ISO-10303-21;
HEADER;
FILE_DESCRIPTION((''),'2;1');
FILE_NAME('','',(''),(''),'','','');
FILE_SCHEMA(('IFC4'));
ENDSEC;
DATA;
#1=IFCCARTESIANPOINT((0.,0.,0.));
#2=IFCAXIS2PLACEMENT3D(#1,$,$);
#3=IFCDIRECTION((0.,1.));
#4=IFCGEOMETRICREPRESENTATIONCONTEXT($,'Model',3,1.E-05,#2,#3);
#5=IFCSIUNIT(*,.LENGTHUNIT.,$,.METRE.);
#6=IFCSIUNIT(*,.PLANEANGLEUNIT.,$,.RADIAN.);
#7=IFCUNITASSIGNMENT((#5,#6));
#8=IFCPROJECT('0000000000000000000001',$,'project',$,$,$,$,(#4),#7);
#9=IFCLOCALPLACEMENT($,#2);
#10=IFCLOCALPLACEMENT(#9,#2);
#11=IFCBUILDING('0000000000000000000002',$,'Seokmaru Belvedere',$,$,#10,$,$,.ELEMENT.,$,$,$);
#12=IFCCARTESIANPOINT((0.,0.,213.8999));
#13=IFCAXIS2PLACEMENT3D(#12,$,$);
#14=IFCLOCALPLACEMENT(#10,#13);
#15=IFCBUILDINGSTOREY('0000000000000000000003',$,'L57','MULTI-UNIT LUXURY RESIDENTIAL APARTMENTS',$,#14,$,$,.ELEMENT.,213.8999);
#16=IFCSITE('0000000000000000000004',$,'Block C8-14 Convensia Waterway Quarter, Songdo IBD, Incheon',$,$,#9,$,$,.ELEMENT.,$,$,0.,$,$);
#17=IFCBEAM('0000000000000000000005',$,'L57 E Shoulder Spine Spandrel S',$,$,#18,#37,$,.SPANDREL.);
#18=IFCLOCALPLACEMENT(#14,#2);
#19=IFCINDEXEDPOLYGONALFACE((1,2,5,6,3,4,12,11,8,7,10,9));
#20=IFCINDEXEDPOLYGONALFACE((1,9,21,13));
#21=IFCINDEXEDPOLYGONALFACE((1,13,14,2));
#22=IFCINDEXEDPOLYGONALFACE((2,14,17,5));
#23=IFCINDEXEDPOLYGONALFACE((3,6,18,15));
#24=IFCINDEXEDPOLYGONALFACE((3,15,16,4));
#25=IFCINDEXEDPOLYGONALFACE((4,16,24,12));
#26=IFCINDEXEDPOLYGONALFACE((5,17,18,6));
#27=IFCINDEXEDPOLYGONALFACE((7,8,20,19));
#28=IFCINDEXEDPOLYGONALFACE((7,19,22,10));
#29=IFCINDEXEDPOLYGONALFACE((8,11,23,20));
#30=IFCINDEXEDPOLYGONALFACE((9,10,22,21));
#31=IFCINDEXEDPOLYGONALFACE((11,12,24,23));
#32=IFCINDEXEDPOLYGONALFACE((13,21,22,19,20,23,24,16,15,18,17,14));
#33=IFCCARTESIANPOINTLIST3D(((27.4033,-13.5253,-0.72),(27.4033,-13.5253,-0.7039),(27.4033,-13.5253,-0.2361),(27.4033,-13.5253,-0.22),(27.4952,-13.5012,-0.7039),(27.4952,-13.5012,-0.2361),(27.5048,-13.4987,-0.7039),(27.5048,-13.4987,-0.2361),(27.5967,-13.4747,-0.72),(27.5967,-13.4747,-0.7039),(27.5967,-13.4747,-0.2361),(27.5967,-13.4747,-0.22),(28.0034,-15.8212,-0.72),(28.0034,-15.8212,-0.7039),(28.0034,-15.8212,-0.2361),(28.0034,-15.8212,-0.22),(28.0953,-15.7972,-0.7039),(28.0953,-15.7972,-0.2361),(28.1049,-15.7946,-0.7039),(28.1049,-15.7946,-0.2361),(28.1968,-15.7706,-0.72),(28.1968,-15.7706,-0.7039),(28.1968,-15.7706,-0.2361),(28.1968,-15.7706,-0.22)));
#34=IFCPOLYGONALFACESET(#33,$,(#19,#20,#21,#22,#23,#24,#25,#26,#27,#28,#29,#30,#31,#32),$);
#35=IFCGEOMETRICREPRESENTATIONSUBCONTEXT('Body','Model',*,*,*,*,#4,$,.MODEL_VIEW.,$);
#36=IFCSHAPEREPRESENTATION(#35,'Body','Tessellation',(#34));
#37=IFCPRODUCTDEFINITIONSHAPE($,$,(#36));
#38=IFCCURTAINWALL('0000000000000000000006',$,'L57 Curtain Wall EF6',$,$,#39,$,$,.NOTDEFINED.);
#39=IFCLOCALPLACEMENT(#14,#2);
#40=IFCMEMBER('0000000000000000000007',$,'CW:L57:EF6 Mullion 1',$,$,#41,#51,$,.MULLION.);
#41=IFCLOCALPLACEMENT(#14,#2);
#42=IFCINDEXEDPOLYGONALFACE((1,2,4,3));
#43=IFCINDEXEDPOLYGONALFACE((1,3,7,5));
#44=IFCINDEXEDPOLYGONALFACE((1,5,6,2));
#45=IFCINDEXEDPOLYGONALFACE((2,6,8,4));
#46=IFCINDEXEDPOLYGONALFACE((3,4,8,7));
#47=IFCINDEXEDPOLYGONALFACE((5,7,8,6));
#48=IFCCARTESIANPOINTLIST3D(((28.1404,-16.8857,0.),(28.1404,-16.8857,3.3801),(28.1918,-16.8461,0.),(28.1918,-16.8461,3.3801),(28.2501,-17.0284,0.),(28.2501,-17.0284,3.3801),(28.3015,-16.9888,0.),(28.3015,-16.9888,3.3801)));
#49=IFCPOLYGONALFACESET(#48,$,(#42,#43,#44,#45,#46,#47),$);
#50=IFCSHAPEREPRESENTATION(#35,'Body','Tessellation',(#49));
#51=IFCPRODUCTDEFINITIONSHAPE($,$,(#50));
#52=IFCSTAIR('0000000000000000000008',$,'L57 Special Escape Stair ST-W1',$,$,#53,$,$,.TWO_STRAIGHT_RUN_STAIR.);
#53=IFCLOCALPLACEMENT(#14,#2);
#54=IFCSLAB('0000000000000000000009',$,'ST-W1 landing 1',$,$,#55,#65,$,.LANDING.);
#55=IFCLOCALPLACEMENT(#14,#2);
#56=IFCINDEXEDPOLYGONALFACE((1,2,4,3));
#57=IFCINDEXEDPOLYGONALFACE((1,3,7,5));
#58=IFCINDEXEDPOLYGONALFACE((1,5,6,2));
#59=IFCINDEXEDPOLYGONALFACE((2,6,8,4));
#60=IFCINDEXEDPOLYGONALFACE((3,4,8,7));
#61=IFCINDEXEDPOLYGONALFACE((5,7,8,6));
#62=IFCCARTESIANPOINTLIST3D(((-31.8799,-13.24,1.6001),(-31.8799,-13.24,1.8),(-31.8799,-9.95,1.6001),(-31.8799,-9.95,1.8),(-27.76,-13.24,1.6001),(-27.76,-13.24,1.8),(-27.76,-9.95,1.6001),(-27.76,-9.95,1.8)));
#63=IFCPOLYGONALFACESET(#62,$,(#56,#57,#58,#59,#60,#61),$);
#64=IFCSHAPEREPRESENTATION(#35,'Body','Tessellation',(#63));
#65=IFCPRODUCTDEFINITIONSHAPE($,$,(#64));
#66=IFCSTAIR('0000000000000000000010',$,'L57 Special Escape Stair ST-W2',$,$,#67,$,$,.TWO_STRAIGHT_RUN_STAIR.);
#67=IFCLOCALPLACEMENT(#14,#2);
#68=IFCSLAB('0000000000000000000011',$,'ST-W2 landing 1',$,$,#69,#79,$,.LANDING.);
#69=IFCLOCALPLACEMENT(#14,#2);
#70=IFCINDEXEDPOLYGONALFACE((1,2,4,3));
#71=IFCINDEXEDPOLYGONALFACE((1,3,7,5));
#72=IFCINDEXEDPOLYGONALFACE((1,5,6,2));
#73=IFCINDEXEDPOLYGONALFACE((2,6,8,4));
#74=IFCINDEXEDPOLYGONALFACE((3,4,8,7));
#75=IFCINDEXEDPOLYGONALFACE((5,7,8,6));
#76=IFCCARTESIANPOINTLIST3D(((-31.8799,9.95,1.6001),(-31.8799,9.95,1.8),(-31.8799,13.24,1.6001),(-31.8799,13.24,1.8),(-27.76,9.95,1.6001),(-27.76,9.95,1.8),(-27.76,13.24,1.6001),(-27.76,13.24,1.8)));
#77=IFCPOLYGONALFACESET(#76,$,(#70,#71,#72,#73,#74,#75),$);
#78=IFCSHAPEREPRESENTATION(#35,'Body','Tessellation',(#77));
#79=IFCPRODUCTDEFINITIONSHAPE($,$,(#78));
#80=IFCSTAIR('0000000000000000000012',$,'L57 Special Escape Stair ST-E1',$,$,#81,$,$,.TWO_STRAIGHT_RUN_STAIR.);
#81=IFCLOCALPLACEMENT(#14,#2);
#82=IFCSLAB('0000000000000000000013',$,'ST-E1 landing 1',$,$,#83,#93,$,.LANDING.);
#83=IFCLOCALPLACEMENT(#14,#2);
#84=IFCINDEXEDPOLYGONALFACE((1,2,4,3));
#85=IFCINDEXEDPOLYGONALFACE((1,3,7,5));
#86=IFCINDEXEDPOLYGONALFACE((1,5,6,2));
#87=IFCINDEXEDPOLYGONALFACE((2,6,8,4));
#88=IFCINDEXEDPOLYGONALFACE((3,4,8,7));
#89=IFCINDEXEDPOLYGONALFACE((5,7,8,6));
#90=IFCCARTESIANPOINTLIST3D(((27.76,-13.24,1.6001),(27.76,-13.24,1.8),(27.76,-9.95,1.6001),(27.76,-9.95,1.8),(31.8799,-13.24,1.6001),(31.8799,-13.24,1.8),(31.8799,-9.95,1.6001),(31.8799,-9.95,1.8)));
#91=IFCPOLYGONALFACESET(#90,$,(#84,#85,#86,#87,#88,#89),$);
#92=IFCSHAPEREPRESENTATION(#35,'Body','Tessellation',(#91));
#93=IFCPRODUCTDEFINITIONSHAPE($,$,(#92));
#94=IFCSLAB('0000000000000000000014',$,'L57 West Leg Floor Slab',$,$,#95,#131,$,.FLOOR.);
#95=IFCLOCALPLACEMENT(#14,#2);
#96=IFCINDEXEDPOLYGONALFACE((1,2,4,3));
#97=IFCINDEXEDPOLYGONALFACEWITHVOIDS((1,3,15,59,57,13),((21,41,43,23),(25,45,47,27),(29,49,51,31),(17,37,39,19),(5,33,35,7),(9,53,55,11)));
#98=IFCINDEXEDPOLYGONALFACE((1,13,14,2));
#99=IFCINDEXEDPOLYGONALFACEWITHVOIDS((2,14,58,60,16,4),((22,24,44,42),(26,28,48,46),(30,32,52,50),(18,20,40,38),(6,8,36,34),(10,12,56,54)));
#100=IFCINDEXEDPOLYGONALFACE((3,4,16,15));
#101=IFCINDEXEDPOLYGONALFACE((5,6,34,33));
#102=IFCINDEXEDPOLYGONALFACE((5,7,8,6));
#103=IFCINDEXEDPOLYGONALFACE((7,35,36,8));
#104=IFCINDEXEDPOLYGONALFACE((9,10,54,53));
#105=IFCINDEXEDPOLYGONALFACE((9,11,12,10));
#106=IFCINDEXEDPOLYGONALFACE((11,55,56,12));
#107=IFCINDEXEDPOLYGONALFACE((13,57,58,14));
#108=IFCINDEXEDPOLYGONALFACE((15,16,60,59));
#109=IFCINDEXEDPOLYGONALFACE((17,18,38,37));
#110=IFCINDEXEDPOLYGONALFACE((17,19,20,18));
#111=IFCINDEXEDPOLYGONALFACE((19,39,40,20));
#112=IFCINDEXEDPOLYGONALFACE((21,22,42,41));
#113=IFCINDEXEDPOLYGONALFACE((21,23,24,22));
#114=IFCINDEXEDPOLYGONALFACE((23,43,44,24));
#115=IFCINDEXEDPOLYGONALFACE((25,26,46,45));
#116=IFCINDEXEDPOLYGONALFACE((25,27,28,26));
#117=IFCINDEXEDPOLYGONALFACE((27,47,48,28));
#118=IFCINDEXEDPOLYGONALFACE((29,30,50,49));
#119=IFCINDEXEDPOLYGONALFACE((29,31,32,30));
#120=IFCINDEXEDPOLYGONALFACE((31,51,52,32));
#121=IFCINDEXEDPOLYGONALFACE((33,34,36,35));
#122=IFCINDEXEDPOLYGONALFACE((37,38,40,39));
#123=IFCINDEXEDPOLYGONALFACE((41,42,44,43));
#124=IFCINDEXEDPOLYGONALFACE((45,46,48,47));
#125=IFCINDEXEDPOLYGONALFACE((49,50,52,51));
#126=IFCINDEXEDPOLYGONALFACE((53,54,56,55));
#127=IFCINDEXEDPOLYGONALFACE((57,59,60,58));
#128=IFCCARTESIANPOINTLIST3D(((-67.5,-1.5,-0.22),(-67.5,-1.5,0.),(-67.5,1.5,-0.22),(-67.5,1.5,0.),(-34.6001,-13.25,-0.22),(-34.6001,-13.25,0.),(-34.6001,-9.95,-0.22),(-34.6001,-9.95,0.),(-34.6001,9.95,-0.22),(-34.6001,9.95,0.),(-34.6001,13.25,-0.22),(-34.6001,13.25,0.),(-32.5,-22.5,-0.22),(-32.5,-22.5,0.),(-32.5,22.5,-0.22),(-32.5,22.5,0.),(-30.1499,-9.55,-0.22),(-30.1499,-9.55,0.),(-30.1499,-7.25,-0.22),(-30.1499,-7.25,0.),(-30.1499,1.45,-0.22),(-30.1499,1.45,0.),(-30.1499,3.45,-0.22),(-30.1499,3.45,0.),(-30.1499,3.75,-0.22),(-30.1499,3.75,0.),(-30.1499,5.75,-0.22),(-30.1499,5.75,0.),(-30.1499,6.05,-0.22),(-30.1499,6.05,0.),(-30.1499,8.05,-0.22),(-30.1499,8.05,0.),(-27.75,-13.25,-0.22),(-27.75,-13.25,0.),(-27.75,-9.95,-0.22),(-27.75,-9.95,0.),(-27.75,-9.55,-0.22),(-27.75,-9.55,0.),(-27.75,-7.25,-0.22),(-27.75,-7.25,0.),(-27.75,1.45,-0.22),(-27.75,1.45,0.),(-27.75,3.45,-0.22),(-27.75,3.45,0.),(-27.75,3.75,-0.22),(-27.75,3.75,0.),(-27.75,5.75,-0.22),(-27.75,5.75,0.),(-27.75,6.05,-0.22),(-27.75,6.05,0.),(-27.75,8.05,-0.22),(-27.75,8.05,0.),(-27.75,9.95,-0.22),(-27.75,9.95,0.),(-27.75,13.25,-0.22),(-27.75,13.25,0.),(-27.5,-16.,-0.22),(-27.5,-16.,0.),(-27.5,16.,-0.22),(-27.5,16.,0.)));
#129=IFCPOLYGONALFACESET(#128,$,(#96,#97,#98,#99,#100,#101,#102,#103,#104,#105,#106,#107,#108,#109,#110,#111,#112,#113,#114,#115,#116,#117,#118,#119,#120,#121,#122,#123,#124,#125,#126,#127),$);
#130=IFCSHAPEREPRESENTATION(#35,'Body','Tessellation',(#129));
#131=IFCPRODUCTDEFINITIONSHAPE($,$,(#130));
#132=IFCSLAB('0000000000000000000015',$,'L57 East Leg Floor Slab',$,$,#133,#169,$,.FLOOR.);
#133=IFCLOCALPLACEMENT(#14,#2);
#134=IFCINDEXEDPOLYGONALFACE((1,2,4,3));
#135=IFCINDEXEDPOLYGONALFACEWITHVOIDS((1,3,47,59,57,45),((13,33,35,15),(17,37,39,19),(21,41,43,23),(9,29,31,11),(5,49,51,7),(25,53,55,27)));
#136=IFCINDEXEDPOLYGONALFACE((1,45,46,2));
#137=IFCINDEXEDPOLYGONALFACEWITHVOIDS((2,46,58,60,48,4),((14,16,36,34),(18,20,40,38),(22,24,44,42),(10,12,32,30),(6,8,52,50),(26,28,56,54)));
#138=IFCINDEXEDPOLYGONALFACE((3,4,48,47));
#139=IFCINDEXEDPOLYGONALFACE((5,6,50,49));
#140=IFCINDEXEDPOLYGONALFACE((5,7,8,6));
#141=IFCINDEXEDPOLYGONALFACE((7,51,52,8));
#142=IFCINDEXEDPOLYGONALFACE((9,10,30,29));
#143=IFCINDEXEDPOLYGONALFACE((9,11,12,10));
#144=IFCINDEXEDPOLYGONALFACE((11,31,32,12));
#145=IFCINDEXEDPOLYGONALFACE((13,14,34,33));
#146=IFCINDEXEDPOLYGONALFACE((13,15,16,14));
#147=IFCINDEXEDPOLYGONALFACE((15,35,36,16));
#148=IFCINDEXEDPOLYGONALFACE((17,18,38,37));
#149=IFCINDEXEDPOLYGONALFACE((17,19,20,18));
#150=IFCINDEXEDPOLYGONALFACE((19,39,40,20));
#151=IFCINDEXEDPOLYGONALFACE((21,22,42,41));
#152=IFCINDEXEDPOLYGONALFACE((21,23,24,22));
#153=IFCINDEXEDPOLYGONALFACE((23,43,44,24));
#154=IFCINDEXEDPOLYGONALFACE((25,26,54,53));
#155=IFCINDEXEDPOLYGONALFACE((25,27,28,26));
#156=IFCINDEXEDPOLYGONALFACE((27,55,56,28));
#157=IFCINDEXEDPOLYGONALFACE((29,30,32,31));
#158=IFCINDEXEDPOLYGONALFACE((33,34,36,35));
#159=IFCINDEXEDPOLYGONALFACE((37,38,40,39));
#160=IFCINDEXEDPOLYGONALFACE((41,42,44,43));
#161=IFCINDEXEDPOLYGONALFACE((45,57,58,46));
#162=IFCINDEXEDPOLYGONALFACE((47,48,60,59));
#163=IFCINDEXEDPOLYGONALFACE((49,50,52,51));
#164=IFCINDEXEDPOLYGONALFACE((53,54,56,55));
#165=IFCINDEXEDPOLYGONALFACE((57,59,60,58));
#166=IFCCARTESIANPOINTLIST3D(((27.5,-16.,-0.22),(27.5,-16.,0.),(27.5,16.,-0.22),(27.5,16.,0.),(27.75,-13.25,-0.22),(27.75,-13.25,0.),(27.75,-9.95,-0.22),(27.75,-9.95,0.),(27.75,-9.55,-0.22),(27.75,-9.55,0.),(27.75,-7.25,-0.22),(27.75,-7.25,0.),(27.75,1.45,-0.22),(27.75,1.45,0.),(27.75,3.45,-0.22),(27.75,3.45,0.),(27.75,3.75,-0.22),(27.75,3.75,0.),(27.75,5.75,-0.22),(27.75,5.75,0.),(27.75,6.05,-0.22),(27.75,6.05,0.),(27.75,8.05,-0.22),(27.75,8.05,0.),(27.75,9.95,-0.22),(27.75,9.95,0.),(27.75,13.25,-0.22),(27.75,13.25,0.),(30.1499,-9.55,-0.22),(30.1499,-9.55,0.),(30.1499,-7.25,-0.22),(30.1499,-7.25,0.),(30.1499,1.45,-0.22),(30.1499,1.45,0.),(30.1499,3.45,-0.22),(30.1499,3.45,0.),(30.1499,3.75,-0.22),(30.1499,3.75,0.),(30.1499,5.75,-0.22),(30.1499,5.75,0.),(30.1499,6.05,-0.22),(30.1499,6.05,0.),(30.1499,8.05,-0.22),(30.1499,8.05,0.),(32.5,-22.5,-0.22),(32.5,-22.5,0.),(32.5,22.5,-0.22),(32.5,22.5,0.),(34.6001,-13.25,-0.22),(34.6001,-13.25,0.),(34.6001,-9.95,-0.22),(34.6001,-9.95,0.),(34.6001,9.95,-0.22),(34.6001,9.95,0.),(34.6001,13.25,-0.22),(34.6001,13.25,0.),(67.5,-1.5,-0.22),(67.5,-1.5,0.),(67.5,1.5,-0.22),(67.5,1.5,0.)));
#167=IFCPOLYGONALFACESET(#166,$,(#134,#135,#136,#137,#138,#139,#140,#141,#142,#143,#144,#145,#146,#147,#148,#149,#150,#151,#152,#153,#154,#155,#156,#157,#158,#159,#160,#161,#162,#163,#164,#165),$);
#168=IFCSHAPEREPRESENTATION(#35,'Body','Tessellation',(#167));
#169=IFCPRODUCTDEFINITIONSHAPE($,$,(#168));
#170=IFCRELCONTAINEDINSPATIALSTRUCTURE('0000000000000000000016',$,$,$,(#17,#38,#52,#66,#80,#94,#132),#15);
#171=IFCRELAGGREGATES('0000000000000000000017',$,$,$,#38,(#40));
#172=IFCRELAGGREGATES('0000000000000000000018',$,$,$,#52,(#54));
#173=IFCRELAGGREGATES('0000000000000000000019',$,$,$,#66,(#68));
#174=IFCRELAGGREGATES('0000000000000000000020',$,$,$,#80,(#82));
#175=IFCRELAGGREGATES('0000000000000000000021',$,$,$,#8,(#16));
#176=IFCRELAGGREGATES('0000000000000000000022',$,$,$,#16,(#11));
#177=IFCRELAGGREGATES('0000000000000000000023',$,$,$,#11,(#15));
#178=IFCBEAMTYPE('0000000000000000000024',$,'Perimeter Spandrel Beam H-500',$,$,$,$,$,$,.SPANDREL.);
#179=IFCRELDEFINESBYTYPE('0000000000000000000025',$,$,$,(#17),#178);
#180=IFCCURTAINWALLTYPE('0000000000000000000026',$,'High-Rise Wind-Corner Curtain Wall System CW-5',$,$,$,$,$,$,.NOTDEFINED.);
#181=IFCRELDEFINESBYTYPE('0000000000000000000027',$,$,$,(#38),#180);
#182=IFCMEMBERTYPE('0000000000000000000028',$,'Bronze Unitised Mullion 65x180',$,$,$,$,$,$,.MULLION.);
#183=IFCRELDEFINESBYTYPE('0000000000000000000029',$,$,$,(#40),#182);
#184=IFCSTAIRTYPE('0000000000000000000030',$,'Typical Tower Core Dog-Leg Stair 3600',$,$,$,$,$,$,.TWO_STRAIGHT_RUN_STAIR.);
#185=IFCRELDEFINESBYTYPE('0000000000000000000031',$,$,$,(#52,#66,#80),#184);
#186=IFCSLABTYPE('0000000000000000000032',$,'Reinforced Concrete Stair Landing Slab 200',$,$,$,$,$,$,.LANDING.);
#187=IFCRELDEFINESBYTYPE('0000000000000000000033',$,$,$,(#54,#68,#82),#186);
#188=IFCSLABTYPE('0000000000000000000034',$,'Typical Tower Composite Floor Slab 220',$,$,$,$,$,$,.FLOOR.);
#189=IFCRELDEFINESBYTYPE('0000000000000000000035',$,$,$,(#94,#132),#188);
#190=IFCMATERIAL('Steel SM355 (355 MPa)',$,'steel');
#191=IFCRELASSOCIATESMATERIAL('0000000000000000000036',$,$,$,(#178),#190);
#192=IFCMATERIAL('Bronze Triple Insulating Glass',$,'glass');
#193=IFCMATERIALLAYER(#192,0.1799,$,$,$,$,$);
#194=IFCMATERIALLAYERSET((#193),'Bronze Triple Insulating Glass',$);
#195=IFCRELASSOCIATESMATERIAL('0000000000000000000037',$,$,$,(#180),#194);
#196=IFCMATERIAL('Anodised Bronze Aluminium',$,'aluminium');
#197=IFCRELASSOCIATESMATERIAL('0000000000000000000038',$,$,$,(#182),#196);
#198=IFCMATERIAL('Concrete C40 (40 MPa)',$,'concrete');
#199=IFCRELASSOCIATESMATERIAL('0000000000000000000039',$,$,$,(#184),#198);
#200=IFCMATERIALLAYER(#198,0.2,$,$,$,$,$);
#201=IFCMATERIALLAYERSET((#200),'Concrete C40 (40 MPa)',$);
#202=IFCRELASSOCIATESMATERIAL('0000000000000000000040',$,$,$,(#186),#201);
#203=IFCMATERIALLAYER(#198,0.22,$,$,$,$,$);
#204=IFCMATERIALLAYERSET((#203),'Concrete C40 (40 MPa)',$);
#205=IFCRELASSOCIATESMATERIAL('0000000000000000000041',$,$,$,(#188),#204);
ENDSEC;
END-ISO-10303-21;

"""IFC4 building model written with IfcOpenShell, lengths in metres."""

from ifc_helpers import new_model, si_unit, direction, frame, origin, origin_2d, place, context, subcontext, project, spatial, polyline, rectangle, i_section, outline, extrude, source, transform, mapped, material, layer, layer_set, material_profile, profile_set, type_object, type_shapes, element, aggregate, save


model = new_model("IFC4")

# Units and contexts
model_context = context("Model", 3, precision=1e-05, world=origin(), true_north=direction((0.0, 1.0)))
body_context = subcontext(model_context, "Body", "Model", "MODEL_VIEW")
ifc_project = project(units=[si_unit("LENGTHUNIT", "METRE"), si_unit("PLANEANGLEUNIT", "RADIAN")], contexts=[model_context])

# Site, building, storey
site_placement = place(None, origin())
site = spatial("IfcSite", under=ifc_project, at=site_placement, Name="Block C8-14 Convensia Waterway Quarter, Songdo IBD, Incheon", CompositionType="ELEMENT", RefElevation=0.0)
building_placement = place(site_placement, origin())
building = spatial("IfcBuilding", under=site, at=building_placement, Name="Seokmaru Belvedere", CompositionType="ELEMENT")
storey_placement = place(building_placement, frame((0.0, 0.0, 213.8999)))
storey = spatial("IfcBuildingStorey", under=building, at=storey_placement, Name="L57", Description="MULTI-UNIT LUXURY RESIDENTIAL APARTMENTS", CompositionType="ELEMENT", Elevation=213.8999)

# Shared definitions
ifc_material_1 = material(Name="Steel SM355 (355 MPa)", Category="steel")

# Beam
ifc_material_profile_1 = material_profile(ifc_material_1, i_section(OverallWidth=0.2, OverallDepth=0.5, WebThickness=0.01, FlangeThickness=0.0161, at=origin_2d()), Name="H-500x200x10x16")
ifc_profile_set_1 = profile_set([ifc_material_profile_1], Name="Steel SM355 (355 MPa)")
beam_type_1 = type_object("IfcBeamType", Name="Perimeter Spandrel Beam H-500", PredefinedType="SPANDREL", material=ifc_profile_set_1)
shared_shape_1 = source(origin(), body_context, "Body", "SweptSolid", [
    extrude(i_section(OverallWidth=0.2, OverallDepth=0.5, WebThickness=0.01, FlangeThickness=0.0161, at=origin_2d()), origin(), (0.0, 0.0, 1.0), 2.373),
])
beam_1_placement = place(storey_placement, frame((28.1001, -15.7959, -0.47), z_axis=(-0.252883, 0.967497, 0.0), x_axis=(-0.967497, -0.252883, 0.0)))
element("IfcBeam", 1, at=beam_1_placement, inside=storey, type_object=beam_type_1, Name="L57 E Shoulder Spine Spandrel S", PredefinedType="SPANDREL", context=body_context, shape_type="MappedRepresentation", body=[
    mapped(shared_shape_1, transform((0.0, 0.0, 0.0), scale=1.0)),
])

# Curtain wall, member
ifc_material_2 = material(Name="Bronze Triple Insulating Glass", Category="glass")
ifc_layer_1 = layer(ifc_material_2, 0.1799)
ifc_layer_set_1 = layer_set([ifc_layer_1], Name="Bronze Triple Insulating Glass")
curtain_wall_type = type_object("IfcCurtainWallType", Name="High-Rise Wind-Corner Curtain Wall System CW-5", PredefinedType="NOTDEFINED", material=ifc_layer_set_1)
curtain_wall_placement = place(storey_placement, origin())
curtain_wall = element("IfcCurtainWall", 2, at=curtain_wall_placement, inside=storey, type_object=curtain_wall_type, Name="L57 Curtain Wall EF6", PredefinedType="NOTDEFINED")
ifc_material_3 = material(Name="Anodised Bronze Aluminium", Category="aluminium")
ifc_material_profile_2 = material_profile(ifc_material_3, rectangle(XDim=0.0649, YDim=0.1799, at=origin_2d()), Name="CW-M-65x180")
ifc_profile_set_2 = profile_set([ifc_material_profile_2], Name="Anodised Bronze Aluminium")
member_type = type_object("IfcMemberType", Name="Bronze Unitised Mullion 65x180", PredefinedType="MULLION", material=ifc_profile_set_2)
shared_shape_2 = source(origin(), body_context, "Body", "SweptSolid", [
    extrude(rectangle(XDim=0.0649, YDim=0.1799, at=origin_2d()), origin(), (0.0, 0.0, 1.0), 3.3801),
])
type_shapes(member_type, [shared_shape_2])
member_placement = place(storey_placement, frame((28.2209, -16.9373, 0.0), z_axis=(0.0, 0.0, 1.0), x_axis=(0.792631, 0.609701, 0.0)))
member = element("IfcMember", 3, at=member_placement, type_object=member_type, Name="CW:L57:EF6 Mullion 1", PredefinedType="MULLION", context=body_context, shape_type="MappedRepresentation", body=[
    mapped(shared_shape_2, transform((0.0, 0.0, 0.0), scale=1.0)),
])
aggregate(curtain_wall, [member])

# Stairs, slabs
ifc_material_4 = material(Name="Concrete C40 (40 MPa)", Category="concrete")
stair_type = type_object("IfcStairType", Name="Typical Tower Core Dog-Leg Stair 3600", PredefinedType="TWO_STRAIGHT_RUN_STAIR", material=ifc_material_4)
stair_1_placement = place(storey_placement, origin())
stair_1 = element("IfcStair", 4, at=stair_1_placement, inside=storey, type_object=stair_type, Name="L57 Special Escape Stair ST-W1", PredefinedType="TWO_STRAIGHT_RUN_STAIR")
ifc_layer_2 = layer(ifc_material_4, 0.2)
ifc_layer_set_2 = layer_set([ifc_layer_2], Name="Concrete C40 (40 MPa)")
slab_type_1 = type_object("IfcSlabType", Name="Reinforced Concrete Stair Landing Slab 200", PredefinedType="LANDING", material=ifc_layer_set_2)
slab_1_placement = place(storey_placement, frame((0.0, 0.0, 1.6001)))
slab_1 = element("IfcSlab", 5, at=slab_1_placement, type_object=slab_type_1, Name="ST-W1 landing 1", PredefinedType="LANDING", context=body_context, shape_type="SweptSolid", body=[
    extrude(outline(polyline([(-31.8799, -13.24), (-27.76, -13.24), (-27.76, -9.95), (-31.8799, -9.95), (-31.8799, -13.24)])), origin(), (0.0, 0.0, 1.0), 0.2),
])
aggregate(stair_1, [slab_1])
stair_2_placement = place(storey_placement, origin())
stair_2 = element("IfcStair", 6, at=stair_2_placement, inside=storey, type_object=stair_type, Name="L57 Special Escape Stair ST-W2", PredefinedType="TWO_STRAIGHT_RUN_STAIR")
slab_2_placement = place(storey_placement, frame((0.0, 0.0, 1.6001)))
slab_2 = element("IfcSlab", 7, at=slab_2_placement, type_object=slab_type_1, Name="ST-W2 landing 1", PredefinedType="LANDING", context=body_context, shape_type="SweptSolid", body=[
    extrude(outline(polyline([(-31.8799, 9.95), (-27.76, 9.95), (-27.76, 13.24), (-31.8799, 13.24), (-31.8799, 9.95)])), origin(), (0.0, 0.0, 1.0), 0.2),
])
aggregate(stair_2, [slab_2])
stair_3_placement = place(storey_placement, origin())
stair_3 = element("IfcStair", 8, at=stair_3_placement, inside=storey, type_object=stair_type, Name="L57 Special Escape Stair ST-E1", PredefinedType="TWO_STRAIGHT_RUN_STAIR")
slab_3_placement = place(storey_placement, frame((0.0, 0.0, 1.6001)))
slab_3 = element("IfcSlab", 9, at=slab_3_placement, type_object=slab_type_1, Name="ST-E1 landing 1", PredefinedType="LANDING", context=body_context, shape_type="SweptSolid", body=[
    extrude(outline(polyline([(27.76, -13.24), (31.8799, -13.24), (31.8799, -9.95), (27.76, -9.95), (27.76, -13.24)])), origin(), (0.0, 0.0, 1.0), 0.2),
])
aggregate(stair_3, [slab_3])

# Slabs
ifc_layer_3 = layer(ifc_material_4, 0.22)
ifc_layer_set_3 = layer_set([ifc_layer_3], Name="Concrete C40 (40 MPa)")
slab_type_2 = type_object("IfcSlabType", Name="Typical Tower Composite Floor Slab 220", PredefinedType="FLOOR", material=ifc_layer_set_3)
slab_4_placement = place(storey_placement, frame((0.0, 0.0, -0.22)))
element("IfcSlab", 10, at=slab_4_placement, inside=storey, type_object=slab_type_2, Name="L57 West Leg Floor Slab", PredefinedType="FLOOR", context=body_context, shape_type="SweptSolid", body=[
    extrude(outline(polyline([(-27.5, -16.0), (-27.5, 16.0), (-32.5, 22.5), (-67.5, 1.5), (-67.5, -1.5), (-32.5, -22.5), (-27.5, -16.0)]), holes=[polyline([(-34.6001, -13.25), (-27.75, -13.25), (-27.75, -9.95), (-34.6001, -9.95), (-34.6001, -13.25)]), polyline([(-34.6001, 9.95), (-27.75, 9.95), (-27.75, 13.25), (-34.6001, 13.25), (-34.6001, 9.95)]), polyline([(-30.1499, -9.55), (-27.75, -9.55), (-27.75, -7.25), (-30.1499, -7.25), (-30.1499, -9.55)]), polyline([(-30.1499, 1.45), (-27.75, 1.45), (-27.75, 3.45), (-30.1499, 3.45), (-30.1499, 1.45)]), polyline([(-30.1499, 3.75), (-27.75, 3.75), (-27.75, 5.75), (-30.1499, 5.75), (-30.1499, 3.75)]), polyline([(-30.1499, 6.05), (-27.75, 6.05), (-27.75, 8.05), (-30.1499, 8.05), (-30.1499, 6.05)])]), origin(), (0.0, 0.0, 1.0), 0.22),
])
slab_5_placement = place(storey_placement, frame((0.0, 0.0, -0.22)))
element("IfcSlab", 11, at=slab_5_placement, inside=storey, type_object=slab_type_2, Name="L57 East Leg Floor Slab", PredefinedType="FLOOR", context=body_context, shape_type="SweptSolid", body=[
    extrude(outline(polyline([(32.5, -22.5), (67.5, -1.5), (67.5, 1.5), (32.5, 22.5), (27.5, 16.0), (27.5, -16.0), (32.5, -22.5)]), holes=[polyline([(27.75, -13.25), (34.6001, -13.25), (34.6001, -9.95), (27.75, -9.95), (27.75, -13.25)]), polyline([(27.75, 9.95), (34.6001, 9.95), (34.6001, 13.25), (27.75, 13.25), (27.75, 9.95)]), polyline([(27.75, -9.55), (30.1499, -9.55), (30.1499, -7.25), (27.75, -7.25), (27.75, -9.55)]), polyline([(27.75, 1.45), (30.1499, 1.45), (30.1499, 3.45), (27.75, 3.45), (27.75, 1.45)]), polyline([(27.75, 3.75), (30.1499, 3.75), (30.1499, 5.75), (27.75, 5.75), (27.75, 3.75)]), polyline([(27.75, 6.05), (30.1499, 6.05), (30.1499, 8.05), (27.75, 8.05), (27.75, 6.05)])]), origin(), (0.0, 0.0, 1.0), 0.22),
])

save(model, "model.ifc")
